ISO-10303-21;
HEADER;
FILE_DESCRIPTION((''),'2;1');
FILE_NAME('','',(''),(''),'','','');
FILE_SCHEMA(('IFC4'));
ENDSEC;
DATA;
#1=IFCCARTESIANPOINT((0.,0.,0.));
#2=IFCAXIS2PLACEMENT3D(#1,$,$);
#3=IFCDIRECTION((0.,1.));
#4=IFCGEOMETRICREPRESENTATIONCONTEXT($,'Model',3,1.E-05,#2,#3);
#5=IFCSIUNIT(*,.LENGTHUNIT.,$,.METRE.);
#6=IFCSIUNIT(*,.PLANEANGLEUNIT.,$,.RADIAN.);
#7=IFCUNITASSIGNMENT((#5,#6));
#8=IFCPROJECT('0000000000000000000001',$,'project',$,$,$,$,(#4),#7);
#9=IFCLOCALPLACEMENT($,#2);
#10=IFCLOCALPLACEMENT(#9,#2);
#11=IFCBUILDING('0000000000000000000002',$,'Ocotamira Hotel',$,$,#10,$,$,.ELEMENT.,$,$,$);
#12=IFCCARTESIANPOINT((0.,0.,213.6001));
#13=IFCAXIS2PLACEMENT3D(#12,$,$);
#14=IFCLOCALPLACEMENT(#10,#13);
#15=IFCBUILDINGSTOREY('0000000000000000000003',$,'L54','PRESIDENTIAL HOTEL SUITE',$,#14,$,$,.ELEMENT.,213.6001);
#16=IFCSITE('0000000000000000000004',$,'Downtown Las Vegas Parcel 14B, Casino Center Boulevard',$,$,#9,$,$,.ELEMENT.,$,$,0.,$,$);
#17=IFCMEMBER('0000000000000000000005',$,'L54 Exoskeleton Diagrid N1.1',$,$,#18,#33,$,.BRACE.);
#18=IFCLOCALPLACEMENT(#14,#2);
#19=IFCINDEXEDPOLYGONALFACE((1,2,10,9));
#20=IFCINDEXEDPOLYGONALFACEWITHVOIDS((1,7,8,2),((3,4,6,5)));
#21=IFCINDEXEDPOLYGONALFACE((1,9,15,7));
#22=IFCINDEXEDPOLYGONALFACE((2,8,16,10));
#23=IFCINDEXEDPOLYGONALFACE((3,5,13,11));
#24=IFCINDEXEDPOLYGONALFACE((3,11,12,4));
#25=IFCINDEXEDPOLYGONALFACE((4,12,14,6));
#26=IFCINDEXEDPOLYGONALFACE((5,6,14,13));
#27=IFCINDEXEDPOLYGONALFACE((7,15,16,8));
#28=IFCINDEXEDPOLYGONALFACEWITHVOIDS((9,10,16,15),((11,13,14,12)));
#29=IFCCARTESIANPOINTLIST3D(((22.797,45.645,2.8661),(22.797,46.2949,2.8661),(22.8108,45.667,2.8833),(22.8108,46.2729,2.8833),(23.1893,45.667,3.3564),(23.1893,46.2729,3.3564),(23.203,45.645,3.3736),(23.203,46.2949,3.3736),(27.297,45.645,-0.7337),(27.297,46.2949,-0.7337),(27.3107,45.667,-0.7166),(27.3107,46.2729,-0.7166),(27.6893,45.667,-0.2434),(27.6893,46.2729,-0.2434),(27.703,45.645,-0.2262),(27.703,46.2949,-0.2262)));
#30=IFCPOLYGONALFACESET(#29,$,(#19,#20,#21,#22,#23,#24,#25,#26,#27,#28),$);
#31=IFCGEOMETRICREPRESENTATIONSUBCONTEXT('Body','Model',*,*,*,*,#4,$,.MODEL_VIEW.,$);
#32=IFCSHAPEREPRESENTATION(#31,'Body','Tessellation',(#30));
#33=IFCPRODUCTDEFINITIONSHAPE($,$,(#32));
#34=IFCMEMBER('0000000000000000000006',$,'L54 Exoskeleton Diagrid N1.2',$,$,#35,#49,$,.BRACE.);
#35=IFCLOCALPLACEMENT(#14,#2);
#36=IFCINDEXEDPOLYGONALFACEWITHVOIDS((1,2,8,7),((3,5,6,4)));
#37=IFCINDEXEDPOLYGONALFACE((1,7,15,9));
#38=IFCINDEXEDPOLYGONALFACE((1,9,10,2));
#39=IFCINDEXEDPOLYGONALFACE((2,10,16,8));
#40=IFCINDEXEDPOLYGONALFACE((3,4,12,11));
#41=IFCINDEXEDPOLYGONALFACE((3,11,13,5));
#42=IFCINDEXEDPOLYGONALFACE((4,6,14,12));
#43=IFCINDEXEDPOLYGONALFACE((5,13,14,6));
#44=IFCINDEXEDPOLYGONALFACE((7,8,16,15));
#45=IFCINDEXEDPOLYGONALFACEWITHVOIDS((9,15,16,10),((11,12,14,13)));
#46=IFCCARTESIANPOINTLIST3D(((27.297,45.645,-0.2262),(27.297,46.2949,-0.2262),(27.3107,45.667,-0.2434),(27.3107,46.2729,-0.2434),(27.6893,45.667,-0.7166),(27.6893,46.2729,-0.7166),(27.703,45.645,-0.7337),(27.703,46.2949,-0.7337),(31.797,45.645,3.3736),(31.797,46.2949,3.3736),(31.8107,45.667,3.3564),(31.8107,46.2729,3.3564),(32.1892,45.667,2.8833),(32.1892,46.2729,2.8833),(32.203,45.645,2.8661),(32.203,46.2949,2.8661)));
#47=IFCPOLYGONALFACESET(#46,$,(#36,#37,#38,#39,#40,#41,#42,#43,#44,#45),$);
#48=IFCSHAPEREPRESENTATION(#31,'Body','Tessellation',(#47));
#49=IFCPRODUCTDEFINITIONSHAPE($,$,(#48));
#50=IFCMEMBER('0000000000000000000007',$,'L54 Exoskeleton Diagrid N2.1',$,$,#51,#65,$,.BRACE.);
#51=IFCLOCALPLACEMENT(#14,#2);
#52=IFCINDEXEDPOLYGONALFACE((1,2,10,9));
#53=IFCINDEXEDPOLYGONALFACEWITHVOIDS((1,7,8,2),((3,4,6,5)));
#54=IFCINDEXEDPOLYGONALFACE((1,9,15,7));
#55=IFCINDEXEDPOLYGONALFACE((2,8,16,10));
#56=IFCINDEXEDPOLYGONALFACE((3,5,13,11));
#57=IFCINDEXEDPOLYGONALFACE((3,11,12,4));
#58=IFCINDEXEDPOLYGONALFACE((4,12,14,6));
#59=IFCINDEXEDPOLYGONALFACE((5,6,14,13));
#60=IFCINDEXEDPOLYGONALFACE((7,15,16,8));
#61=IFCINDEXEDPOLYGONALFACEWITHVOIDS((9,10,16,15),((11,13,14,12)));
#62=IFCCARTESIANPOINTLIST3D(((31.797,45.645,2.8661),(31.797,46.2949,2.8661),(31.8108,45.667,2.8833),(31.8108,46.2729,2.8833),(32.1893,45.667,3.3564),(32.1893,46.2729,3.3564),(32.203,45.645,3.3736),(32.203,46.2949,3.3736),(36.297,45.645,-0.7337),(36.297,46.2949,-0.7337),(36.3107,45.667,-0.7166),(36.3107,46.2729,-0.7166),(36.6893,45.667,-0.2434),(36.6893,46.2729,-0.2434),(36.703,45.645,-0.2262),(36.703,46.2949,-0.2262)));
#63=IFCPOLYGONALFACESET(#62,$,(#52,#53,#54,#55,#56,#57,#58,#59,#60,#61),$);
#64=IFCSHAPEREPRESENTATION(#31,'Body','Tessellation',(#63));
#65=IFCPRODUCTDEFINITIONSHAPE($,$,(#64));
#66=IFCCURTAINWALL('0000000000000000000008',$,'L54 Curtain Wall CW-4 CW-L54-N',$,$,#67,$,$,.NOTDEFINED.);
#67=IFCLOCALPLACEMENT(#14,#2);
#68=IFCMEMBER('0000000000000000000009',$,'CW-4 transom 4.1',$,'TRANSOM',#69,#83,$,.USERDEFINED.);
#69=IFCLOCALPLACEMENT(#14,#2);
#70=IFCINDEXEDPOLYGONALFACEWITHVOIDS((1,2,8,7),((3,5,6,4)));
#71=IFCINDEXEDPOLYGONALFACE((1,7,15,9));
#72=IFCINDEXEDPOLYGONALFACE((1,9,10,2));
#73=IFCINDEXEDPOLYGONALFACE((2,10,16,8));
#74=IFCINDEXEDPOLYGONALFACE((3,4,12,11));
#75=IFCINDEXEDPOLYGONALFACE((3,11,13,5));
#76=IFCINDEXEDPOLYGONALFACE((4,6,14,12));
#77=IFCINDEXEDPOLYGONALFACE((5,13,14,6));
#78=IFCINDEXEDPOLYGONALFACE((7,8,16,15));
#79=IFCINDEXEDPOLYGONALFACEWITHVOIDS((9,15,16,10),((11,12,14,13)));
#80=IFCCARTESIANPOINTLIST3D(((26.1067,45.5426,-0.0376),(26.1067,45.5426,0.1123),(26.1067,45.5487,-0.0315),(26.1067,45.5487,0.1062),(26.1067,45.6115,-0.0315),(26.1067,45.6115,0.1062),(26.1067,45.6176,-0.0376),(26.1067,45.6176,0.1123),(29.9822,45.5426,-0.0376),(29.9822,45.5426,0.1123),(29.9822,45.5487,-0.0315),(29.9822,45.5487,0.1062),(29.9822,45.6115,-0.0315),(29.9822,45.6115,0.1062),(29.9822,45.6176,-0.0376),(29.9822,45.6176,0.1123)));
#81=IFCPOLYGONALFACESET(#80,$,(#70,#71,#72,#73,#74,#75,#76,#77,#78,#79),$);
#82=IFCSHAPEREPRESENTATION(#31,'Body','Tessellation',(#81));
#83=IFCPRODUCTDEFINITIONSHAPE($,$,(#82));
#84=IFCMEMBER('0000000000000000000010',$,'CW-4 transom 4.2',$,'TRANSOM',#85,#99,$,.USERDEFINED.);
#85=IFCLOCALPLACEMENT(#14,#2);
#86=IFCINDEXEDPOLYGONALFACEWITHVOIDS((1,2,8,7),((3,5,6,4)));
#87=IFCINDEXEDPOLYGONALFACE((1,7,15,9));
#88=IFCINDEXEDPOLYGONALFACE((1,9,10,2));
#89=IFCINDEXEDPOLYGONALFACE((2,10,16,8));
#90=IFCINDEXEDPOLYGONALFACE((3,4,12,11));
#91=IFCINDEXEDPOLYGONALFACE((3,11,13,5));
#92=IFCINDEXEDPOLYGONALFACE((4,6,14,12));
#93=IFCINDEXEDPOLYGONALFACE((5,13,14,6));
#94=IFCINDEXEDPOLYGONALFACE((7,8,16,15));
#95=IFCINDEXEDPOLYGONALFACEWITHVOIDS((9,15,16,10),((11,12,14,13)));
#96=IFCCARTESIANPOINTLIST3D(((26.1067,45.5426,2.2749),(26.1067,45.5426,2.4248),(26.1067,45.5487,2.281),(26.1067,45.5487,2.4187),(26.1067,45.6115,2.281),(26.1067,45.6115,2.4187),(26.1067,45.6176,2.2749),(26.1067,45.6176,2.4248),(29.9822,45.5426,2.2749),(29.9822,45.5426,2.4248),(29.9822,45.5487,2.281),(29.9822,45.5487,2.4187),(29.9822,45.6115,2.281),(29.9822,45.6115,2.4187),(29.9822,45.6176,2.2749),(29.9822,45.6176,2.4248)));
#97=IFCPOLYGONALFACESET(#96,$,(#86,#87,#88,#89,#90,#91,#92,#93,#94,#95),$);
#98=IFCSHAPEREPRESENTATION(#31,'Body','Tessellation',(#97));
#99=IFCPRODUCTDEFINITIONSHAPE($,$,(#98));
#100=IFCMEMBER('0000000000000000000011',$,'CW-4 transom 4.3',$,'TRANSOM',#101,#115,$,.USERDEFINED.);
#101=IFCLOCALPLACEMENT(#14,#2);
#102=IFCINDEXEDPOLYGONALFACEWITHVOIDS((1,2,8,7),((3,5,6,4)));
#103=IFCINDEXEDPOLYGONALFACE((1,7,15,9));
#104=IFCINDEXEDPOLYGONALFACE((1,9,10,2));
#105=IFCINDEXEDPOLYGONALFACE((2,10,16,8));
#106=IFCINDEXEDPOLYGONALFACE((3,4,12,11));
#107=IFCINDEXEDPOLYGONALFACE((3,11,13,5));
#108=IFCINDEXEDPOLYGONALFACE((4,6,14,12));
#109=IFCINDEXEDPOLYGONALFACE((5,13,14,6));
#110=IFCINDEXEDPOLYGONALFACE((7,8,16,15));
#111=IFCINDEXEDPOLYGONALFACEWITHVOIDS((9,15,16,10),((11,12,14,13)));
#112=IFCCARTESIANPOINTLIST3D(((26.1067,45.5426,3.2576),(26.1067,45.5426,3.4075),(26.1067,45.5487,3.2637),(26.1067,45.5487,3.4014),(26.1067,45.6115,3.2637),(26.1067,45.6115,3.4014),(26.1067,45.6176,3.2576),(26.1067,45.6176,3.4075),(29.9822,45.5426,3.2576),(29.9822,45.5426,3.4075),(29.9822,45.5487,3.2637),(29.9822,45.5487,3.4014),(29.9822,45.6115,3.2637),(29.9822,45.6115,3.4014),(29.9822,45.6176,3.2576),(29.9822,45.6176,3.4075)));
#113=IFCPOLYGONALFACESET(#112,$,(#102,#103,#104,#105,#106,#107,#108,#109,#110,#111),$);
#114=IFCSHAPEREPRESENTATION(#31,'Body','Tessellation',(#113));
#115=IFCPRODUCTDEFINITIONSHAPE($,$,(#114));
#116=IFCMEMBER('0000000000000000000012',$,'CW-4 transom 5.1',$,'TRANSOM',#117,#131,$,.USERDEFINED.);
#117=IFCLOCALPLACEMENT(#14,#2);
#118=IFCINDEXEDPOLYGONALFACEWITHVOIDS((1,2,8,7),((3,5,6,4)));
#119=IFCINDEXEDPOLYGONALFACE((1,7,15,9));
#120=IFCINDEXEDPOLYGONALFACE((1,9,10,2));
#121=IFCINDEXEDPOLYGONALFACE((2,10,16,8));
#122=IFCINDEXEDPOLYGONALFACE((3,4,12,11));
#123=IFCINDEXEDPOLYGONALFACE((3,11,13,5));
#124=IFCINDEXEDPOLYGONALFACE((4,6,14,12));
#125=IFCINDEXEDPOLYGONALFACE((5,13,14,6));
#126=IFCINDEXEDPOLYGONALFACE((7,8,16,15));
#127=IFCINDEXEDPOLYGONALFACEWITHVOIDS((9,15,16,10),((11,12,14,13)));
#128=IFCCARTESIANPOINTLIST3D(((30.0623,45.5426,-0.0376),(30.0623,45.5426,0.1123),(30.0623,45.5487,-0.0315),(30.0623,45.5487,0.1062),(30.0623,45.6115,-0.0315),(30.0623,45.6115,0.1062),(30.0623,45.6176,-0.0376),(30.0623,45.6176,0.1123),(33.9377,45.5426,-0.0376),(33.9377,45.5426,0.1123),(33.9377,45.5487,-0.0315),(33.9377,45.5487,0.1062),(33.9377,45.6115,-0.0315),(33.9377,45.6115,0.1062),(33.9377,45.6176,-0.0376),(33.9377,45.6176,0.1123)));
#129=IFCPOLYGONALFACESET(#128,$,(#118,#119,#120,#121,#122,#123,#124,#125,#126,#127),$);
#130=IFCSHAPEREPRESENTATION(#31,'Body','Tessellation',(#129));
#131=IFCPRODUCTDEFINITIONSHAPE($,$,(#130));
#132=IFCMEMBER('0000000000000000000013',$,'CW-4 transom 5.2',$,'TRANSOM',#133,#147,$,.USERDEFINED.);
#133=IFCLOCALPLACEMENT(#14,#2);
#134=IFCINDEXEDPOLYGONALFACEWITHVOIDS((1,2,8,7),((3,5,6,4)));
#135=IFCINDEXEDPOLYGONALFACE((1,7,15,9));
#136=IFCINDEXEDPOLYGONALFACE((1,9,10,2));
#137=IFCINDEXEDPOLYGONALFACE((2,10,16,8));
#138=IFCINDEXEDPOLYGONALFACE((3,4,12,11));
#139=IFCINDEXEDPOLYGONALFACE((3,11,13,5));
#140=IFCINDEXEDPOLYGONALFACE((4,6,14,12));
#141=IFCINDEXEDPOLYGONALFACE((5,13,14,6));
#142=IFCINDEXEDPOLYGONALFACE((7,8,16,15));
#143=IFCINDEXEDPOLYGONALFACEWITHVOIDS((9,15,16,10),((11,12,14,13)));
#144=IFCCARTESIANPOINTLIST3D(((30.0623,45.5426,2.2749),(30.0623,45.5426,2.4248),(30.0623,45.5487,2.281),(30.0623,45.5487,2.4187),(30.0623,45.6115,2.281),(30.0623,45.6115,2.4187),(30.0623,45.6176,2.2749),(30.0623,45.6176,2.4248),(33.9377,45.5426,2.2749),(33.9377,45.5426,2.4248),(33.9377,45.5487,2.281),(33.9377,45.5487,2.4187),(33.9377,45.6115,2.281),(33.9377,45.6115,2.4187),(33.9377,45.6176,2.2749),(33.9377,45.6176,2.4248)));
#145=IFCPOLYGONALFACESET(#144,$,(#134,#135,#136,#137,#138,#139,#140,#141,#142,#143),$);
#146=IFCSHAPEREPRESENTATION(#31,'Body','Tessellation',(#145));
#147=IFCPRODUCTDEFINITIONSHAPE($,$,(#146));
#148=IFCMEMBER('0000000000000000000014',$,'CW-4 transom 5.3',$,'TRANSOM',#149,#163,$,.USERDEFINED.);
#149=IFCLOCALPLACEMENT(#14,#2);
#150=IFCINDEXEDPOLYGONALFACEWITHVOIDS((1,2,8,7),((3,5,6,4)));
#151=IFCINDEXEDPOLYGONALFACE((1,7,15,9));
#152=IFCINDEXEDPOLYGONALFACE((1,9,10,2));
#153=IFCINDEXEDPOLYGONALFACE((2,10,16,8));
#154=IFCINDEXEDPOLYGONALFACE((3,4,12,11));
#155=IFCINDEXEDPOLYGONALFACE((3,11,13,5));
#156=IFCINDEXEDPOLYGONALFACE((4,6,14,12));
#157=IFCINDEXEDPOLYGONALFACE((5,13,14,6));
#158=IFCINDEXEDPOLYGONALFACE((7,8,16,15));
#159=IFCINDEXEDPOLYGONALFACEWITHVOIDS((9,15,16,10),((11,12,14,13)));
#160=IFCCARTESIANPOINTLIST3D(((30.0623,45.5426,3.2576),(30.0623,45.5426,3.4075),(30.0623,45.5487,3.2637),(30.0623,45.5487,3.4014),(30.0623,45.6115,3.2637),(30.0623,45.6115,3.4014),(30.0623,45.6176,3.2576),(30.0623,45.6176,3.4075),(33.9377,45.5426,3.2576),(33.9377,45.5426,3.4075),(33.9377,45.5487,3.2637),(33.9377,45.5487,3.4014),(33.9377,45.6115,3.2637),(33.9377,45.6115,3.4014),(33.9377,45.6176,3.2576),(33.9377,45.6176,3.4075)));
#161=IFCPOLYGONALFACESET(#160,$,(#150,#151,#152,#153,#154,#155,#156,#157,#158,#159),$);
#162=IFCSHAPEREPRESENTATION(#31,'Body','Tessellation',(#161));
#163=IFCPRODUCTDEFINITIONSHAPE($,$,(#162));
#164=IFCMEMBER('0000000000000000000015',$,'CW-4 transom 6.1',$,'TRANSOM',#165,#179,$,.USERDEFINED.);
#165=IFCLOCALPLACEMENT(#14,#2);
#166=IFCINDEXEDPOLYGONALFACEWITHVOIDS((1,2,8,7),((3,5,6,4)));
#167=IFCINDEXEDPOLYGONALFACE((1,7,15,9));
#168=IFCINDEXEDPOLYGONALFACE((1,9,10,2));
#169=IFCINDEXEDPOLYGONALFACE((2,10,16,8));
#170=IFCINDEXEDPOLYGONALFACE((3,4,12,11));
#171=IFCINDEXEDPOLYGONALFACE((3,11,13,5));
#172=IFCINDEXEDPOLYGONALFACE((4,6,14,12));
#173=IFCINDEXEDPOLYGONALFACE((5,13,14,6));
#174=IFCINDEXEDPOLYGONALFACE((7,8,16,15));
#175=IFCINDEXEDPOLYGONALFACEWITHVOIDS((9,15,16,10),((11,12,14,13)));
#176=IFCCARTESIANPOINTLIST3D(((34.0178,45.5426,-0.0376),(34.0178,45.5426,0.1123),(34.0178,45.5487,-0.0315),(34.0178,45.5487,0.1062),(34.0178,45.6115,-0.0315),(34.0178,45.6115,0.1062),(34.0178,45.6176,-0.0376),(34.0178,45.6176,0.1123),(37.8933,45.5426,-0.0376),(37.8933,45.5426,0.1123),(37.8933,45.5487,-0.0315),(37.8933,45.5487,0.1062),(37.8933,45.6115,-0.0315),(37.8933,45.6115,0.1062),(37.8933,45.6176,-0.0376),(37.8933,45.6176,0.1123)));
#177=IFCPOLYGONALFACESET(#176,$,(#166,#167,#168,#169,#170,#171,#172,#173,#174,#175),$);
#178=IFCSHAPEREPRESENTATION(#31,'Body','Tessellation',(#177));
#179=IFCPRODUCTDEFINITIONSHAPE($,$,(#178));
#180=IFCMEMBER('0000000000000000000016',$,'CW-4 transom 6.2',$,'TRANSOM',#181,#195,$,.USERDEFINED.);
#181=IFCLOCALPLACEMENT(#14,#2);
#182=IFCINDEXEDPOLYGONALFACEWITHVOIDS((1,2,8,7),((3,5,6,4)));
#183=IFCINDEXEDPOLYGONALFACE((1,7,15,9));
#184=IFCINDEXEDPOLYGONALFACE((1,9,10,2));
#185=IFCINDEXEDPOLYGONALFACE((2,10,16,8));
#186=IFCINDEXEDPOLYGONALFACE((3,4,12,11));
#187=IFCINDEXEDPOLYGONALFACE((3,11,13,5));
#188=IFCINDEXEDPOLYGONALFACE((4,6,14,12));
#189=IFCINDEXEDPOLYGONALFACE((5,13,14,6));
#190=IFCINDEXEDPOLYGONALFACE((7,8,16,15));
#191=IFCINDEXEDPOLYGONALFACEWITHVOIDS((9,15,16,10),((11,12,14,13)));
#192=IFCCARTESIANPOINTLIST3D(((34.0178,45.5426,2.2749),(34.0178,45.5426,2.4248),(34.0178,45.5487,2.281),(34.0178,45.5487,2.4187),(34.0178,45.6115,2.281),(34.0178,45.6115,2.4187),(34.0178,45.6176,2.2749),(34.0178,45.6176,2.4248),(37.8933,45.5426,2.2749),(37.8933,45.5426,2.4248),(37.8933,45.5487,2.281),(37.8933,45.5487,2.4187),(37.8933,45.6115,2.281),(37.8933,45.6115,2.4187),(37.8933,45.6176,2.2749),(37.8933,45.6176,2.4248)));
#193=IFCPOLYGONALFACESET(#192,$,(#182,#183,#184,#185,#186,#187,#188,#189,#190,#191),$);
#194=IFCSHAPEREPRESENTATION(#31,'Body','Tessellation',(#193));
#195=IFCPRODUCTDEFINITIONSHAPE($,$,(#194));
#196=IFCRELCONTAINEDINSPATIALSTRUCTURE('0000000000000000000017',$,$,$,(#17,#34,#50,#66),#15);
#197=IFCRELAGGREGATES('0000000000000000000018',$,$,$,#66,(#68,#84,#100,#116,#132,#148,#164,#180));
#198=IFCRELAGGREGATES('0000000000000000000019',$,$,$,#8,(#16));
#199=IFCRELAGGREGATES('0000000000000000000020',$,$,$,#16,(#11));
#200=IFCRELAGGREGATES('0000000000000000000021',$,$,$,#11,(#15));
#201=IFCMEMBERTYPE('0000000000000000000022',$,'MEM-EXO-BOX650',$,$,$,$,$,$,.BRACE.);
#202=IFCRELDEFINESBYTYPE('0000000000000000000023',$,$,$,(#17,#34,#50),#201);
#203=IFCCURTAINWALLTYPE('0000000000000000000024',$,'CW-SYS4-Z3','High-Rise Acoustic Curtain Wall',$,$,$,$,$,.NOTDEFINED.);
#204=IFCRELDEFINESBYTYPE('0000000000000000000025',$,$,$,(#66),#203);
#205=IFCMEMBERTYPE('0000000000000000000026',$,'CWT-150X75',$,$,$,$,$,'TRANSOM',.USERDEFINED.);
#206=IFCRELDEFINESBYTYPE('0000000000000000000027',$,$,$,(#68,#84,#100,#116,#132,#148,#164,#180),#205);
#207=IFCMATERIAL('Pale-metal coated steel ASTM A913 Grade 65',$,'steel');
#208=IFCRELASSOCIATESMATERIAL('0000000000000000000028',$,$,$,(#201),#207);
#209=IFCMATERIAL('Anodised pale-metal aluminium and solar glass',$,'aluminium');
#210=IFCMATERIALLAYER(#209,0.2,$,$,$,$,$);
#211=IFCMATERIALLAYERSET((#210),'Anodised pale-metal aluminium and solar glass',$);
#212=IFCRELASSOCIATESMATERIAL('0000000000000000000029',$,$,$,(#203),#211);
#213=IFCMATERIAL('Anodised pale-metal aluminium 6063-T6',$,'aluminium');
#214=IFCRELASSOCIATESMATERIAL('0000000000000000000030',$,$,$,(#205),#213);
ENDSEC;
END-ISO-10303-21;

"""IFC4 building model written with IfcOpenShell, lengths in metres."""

from ifc_helpers import new_model, si_unit, direction, frame, origin, origin_2d, place, context, subcontext, project, spatial, hollow_rectangle, extrude, source, transform, mapped, material, layer, layer_set, material_profile, profile_set, type_object, element, aggregate, save


model = new_model("IFC4")

# Units and contexts
model_context = context("Model", 3, precision=1e-05, world=origin(), true_north=direction((0.0, 1.0)))
body_context = subcontext(model_context, "Body", "Model", "MODEL_VIEW")
ifc_project = project(units=[si_unit("LENGTHUNIT", "METRE"), si_unit("PLANEANGLEUNIT", "RADIAN")], contexts=[model_context])

# Site, building, storey
site_placement = place(None, origin())
site = spatial("IfcSite", under=ifc_project, at=site_placement, Name="Downtown Las Vegas Parcel 14B, Casino Center Boulevard", CompositionType="ELEMENT", RefElevation=0.0)
building_placement = place(site_placement, origin())
building = spatial("IfcBuilding", under=site, at=building_placement, Name="Ocotamira Hotel", CompositionType="ELEMENT")
storey_placement = place(building_placement, frame((0.0, 0.0, 213.6001)))
storey = spatial("IfcBuildingStorey", under=building, at=storey_placement, Name="L54", Description="PRESIDENTIAL HOTEL SUITE", CompositionType="ELEMENT", Elevation=213.6001)

# Members
ifc_material_1 = material(Name="Pale-metal coated steel ASTM A913 Grade 65", Category="steel")
ifc_material_profile_1 = material_profile(ifc_material_1, hollow_rectangle(XDim=0.6499, YDim=0.6499, WallThickness=0.022, at=origin_2d()), Name="BOX650X650X22")
ifc_profile_set_1 = profile_set([ifc_material_profile_1], Name="Pale-metal coated steel ASTM A913 Grade 65")
member_type_1 = type_object("IfcMemberType", Name="MEM-EXO-BOX650", PredefinedType="BRACE", material=ifc_profile_set_1)
shared_shape_1 = source(origin(), body_context, "Body", "SweptSolid", [
    extrude(hollow_rectangle(XDim=0.6499, YDim=0.6499, WallThickness=0.022, at=origin_2d()), origin(), (0.0, 0.0, 1.0), 5.7627),
])
for number, where, z_axis, x_axis, name in (
    (1, (27.5, 45.97, -0.48), (-0.780881, 0.0, 0.62468), (0.0, -1.0, 0.0), "L54 Exoskeleton Diagrid N1.1"),
    (2, (27.5, 45.97, -0.48), (0.780881, 0.0, 0.62468), (0.0, 1.0, 0.0), "L54 Exoskeleton Diagrid N1.2"),
    (3, (36.5, 45.97, -0.48), (-0.780881, 0.0, 0.62468), (0.0, -1.0, 0.0), "L54 Exoskeleton Diagrid N2.1"),
):
    element("IfcMember", number, at=place(storey_placement, frame(where, z_axis=z_axis, x_axis=x_axis)), inside=storey, type_object=member_type_1, Name=name, PredefinedType="BRACE", context=body_context, shape_type="MappedRepresentation", body=[
        mapped(shared_shape_1, transform((0.0, 0.0, 0.0), scale=1.0)),
    ])

# Curtain wall, members
ifc_material_2 = material(Name="Anodised pale-metal aluminium and solar glass", Category="aluminium")
ifc_layer_1 = layer(ifc_material_2, 0.2)
ifc_layer_set_1 = layer_set([ifc_layer_1], Name="Anodised pale-metal aluminium and solar glass")
curtain_wall_type = type_object("IfcCurtainWallType", Name="CW-SYS4-Z3", Description="High-Rise Acoustic Curtain Wall", PredefinedType="NOTDEFINED", material=ifc_layer_set_1)
curtain_wall_placement = place(storey_placement, origin())
curtain_wall = element("IfcCurtainWall", 4, at=curtain_wall_placement, inside=storey, type_object=curtain_wall_type, Name="L54 Curtain Wall CW-4 CW-L54-N", PredefinedType="NOTDEFINED")
ifc_material_3 = material(Name="Anodised pale-metal aluminium 6063-T6", Category="aluminium")
ifc_material_profile_2 = material_profile(ifc_material_3, hollow_rectangle(XDim=0.075, YDim=0.1499, WallThickness=0.0061, at=origin_2d()), Name="HSS150X75X6")
ifc_profile_set_2 = profile_set([ifc_material_profile_2], Name="Anodised pale-metal aluminium 6063-T6")
member_type_2 = type_object("IfcMemberType", Name="CWT-150X75", ElementType="TRANSOM", PredefinedType="USERDEFINED", material=ifc_profile_set_2)
shared_shape_2 = source(origin(), body_context, "Body", "SweptSolid", [
    extrude(hollow_rectangle(XDim=0.075, YDim=0.1499, WallThickness=0.0061, at=origin_2d()), origin(), (0.0, 0.0, 1.0), 3.8755),
])
member_1_placement = place(storey_placement, frame((26.1067, 45.5801, 0.0374), z_axis=(1.0, 0.0, 0.0), x_axis=(0.0, 1.0, 0.0)))
member_1 = element("IfcMember", 5, at=member_1_placement, type_object=member_type_2, Name="CW-4 transom 4.1", ObjectType="TRANSOM", PredefinedType="USERDEFINED", context=body_context, shape_type="MappedRepresentation", body=[
    mapped(shared_shape_2, transform((0.0, 0.0, 0.0), scale=1.0)),
])
member_2_placement = place(storey_placement, frame((26.1067, 45.5801, 2.3499), z_axis=(1.0, 0.0, 0.0), x_axis=(0.0, 1.0, 0.0)))
member_2 = element("IfcMember", 6, at=member_2_placement, type_object=member_type_2, Name="CW-4 transom 4.2", ObjectType="TRANSOM", PredefinedType="USERDEFINED", context=body_context, shape_type="MappedRepresentation", body=[
    mapped(shared_shape_2, transform((0.0, 0.0, 0.0), scale=1.0)),
])
member_3_placement = place(storey_placement, frame((26.1067, 45.5801, 3.3325), z_axis=(1.0, 0.0, 0.0), x_axis=(0.0, 1.0, 0.0)))
member_3 = element("IfcMember", 7, at=member_3_placement, type_object=member_type_2, Name="CW-4 transom 4.3", ObjectType="TRANSOM", PredefinedType="USERDEFINED", context=body_context, shape_type="MappedRepresentation", body=[
    mapped(shared_shape_2, transform((0.0, 0.0, 0.0), scale=1.0)),
])
member_4_placement = place(storey_placement, frame((30.0623, 45.5801, 0.0374), z_axis=(1.0, 0.0, 0.0), x_axis=(0.0, 1.0, 0.0)))
member_4 = element("IfcMember", 8, at=member_4_placement, type_object=member_type_2, Name="CW-4 transom 5.1", ObjectType="TRANSOM", PredefinedType="USERDEFINED", context=body_context, shape_type="MappedRepresentation", body=[
    mapped(shared_shape_2, transform((0.0, 0.0, 0.0), scale=1.0)),
])
member_5_placement = place(storey_placement, frame((30.0623, 45.5801, 2.3499), z_axis=(1.0, 0.0, 0.0), x_axis=(0.0, 1.0, 0.0)))
member_5 = element("IfcMember", 9, at=member_5_placement, type_object=member_type_2, Name="CW-4 transom 5.2", ObjectType="TRANSOM", PredefinedType="USERDEFINED", context=body_context, shape_type="MappedRepresentation", body=[
    mapped(shared_shape_2, transform((0.0, 0.0, 0.0), scale=1.0)),
])
member_6_placement = place(storey_placement, frame((30.0623, 45.5801, 3.3325), z_axis=(1.0, 0.0, 0.0), x_axis=(0.0, 1.0, 0.0)))
member_6 = element("IfcMember", 10, at=member_6_placement, type_object=member_type_2, Name="CW-4 transom 5.3", ObjectType="TRANSOM", PredefinedType="USERDEFINED", context=body_context, shape_type="MappedRepresentation", body=[
    mapped(shared_shape_2, transform((0.0, 0.0, 0.0), scale=1.0)),
])
member_7_placement = place(storey_placement, frame((34.0178, 45.5801, 0.0374), z_axis=(1.0, 0.0, 0.0), x_axis=(0.0, 1.0, 0.0)))
member_7 = element("IfcMember", 11, at=member_7_placement, type_object=member_type_2, Name="CW-4 transom 6.1", ObjectType="TRANSOM", PredefinedType="USERDEFINED", context=body_context, shape_type="MappedRepresentation", body=[
    mapped(shared_shape_2, transform((0.0, 0.0, 0.0), scale=1.0)),
])
member_8_placement = place(storey_placement, frame((34.0178, 45.5801, 2.3499), z_axis=(1.0, 0.0, 0.0), x_axis=(0.0, 1.0, 0.0)))
member_8 = element("IfcMember", 12, at=member_8_placement, type_object=member_type_2, Name="CW-4 transom 6.2", ObjectType="TRANSOM", PredefinedType="USERDEFINED", context=body_context, shape_type="MappedRepresentation", body=[
    mapped(shared_shape_2, transform((0.0, 0.0, 0.0), scale=1.0)),
])

aggregate(curtain_wall, [member_1, member_2, member_3, member_4, member_5, member_6, member_7, member_8])

save(model, "model.ifc")
